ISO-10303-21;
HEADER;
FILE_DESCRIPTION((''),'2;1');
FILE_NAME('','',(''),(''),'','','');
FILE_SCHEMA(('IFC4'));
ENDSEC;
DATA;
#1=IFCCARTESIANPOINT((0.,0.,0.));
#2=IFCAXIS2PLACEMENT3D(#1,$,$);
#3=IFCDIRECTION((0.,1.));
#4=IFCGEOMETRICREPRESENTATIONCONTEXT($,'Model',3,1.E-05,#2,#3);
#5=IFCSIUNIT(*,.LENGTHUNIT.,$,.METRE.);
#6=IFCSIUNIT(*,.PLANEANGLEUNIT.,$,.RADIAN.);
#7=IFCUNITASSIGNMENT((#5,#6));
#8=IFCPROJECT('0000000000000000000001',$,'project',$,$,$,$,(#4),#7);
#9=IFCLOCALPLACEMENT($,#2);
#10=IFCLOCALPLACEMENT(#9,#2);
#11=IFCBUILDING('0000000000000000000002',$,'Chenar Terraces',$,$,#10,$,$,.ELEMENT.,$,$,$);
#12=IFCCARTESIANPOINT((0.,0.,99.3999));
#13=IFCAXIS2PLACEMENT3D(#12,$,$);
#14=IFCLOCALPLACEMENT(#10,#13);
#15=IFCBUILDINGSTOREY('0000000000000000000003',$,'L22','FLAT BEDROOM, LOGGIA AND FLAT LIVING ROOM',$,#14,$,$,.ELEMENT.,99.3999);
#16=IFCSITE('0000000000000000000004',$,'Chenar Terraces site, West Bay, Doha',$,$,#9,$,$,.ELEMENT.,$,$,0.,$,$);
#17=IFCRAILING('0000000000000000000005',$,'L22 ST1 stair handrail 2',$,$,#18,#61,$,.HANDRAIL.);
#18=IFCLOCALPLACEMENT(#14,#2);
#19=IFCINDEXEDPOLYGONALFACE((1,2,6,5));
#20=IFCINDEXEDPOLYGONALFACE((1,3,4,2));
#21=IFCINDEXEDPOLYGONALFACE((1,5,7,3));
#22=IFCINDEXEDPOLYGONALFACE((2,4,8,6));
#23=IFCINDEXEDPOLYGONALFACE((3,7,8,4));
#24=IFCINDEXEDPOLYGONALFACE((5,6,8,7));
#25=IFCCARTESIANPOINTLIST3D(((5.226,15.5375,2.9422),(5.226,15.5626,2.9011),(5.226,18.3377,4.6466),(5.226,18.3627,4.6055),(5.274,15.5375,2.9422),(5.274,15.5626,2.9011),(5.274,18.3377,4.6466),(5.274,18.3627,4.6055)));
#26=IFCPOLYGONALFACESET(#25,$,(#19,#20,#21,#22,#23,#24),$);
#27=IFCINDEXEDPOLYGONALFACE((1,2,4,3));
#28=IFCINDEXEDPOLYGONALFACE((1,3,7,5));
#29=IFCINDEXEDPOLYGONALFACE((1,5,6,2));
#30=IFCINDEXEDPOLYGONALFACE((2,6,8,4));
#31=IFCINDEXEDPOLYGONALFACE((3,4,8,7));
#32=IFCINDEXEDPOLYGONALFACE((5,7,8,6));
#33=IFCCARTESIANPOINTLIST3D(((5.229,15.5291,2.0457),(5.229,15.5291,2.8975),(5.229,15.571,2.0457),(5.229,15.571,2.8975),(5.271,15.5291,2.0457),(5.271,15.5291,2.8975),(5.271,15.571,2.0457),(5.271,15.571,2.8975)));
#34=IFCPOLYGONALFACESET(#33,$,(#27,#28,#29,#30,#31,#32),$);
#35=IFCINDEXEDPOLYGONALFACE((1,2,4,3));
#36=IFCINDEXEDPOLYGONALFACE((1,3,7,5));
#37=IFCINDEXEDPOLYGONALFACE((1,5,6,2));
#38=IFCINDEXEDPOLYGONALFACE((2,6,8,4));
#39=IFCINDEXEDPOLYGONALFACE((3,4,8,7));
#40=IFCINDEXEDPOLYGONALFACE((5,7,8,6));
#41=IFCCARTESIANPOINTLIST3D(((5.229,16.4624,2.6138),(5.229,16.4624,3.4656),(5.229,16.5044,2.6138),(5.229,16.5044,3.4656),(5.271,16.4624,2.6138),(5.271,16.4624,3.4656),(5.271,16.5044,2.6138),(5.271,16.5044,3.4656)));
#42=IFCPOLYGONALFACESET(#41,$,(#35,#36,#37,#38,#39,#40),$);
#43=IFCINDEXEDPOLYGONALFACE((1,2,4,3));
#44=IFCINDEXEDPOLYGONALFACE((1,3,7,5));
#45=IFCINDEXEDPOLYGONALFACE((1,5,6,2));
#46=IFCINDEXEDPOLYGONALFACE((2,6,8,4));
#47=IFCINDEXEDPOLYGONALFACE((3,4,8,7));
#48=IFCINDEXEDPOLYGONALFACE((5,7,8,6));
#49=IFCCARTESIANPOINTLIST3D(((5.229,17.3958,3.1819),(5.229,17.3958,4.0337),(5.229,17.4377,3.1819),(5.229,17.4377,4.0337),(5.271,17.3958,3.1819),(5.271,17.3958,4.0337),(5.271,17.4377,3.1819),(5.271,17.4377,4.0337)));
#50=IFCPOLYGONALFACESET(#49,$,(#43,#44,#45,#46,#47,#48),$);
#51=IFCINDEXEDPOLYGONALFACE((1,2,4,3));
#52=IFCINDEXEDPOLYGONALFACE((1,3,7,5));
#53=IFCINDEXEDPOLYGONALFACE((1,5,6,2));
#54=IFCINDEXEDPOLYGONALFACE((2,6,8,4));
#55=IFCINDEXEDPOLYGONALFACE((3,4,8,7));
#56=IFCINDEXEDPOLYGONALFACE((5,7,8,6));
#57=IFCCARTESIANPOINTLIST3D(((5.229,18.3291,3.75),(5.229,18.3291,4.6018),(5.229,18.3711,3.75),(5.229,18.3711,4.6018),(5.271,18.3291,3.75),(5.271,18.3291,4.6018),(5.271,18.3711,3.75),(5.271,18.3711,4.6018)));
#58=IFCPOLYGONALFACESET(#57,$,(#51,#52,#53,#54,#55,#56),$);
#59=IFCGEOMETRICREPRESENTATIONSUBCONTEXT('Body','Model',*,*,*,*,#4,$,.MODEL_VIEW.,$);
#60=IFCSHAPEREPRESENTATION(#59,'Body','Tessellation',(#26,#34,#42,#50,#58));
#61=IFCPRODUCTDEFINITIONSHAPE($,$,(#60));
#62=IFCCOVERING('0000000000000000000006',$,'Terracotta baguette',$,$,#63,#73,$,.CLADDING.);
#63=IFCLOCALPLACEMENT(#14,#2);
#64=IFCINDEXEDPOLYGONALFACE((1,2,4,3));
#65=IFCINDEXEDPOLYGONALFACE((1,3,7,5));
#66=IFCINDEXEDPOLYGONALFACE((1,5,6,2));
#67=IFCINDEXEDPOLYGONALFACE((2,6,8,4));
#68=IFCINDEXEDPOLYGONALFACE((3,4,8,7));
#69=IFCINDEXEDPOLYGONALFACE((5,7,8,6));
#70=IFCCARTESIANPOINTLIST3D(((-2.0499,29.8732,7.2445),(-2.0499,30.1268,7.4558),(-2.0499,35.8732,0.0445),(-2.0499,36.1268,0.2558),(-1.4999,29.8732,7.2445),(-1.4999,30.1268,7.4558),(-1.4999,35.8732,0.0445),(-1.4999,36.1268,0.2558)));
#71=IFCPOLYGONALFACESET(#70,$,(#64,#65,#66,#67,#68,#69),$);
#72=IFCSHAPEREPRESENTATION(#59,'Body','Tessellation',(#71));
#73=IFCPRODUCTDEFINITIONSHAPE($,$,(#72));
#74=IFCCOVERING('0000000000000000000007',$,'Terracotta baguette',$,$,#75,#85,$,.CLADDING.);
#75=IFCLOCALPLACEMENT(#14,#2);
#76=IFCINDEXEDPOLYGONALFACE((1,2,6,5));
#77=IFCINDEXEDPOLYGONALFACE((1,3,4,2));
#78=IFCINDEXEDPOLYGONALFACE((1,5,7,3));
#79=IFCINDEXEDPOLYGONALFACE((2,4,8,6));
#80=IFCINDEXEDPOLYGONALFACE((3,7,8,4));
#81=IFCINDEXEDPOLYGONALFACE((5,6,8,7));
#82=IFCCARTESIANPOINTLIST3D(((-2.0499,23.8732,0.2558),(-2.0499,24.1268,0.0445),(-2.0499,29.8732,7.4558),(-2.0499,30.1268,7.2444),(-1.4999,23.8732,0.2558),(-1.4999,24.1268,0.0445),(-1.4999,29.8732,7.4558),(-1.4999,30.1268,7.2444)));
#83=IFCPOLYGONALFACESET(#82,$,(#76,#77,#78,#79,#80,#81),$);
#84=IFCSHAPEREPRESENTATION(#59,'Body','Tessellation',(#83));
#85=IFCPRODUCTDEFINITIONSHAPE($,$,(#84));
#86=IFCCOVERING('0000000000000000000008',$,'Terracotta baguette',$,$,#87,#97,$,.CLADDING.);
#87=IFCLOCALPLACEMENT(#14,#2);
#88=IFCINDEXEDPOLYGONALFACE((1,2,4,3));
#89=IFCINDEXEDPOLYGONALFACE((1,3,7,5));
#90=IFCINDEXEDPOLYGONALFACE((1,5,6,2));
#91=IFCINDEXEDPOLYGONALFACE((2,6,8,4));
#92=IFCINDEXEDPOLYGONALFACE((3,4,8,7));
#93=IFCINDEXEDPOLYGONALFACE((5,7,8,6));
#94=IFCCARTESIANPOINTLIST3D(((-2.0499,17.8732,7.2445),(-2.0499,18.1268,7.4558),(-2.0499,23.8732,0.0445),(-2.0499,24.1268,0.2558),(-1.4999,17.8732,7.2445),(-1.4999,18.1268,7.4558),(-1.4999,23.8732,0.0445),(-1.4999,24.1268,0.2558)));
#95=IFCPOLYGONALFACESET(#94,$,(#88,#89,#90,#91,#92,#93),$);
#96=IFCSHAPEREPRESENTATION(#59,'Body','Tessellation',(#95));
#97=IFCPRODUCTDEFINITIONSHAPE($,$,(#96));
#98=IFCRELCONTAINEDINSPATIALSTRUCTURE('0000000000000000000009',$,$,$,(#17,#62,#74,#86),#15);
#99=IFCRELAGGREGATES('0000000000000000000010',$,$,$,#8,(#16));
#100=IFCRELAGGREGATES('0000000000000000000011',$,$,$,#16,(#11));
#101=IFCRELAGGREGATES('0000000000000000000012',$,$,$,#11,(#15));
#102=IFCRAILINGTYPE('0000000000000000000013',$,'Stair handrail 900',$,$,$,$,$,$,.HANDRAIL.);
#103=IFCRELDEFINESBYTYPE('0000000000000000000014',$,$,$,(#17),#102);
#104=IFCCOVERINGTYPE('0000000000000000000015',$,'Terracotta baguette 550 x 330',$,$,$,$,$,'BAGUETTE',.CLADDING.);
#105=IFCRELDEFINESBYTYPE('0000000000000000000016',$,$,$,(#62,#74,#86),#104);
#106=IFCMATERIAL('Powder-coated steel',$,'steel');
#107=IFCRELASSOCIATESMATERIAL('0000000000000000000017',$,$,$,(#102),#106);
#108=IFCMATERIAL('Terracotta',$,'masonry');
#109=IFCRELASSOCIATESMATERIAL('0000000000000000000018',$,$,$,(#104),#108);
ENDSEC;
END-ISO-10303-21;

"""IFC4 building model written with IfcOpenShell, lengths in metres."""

from ifc_helpers import new_model, si_unit, direction, frame, origin, origin_2d, place, context, subcontext, project, spatial, rectangle, extrude, material, material_profile, profile_set, type_object, element, save


model = new_model("IFC4")

# Units and contexts
model_context = context("Model", 3, precision=1e-05, world=origin(), true_north=direction((0.0, 1.0)))
body_context = subcontext(model_context, "Body", "Model", "MODEL_VIEW")
ifc_project = project(units=[si_unit("LENGTHUNIT", "METRE"), si_unit("PLANEANGLEUNIT", "RADIAN")], contexts=[model_context])

# Site, building, storey
site_placement = place(None, origin())
site = spatial("IfcSite", under=ifc_project, at=site_placement, Name="Chenar Terraces site, West Bay, Doha", CompositionType="ELEMENT", RefElevation=0.0)
building_placement = place(site_placement, origin())
building = spatial("IfcBuilding", under=site, at=building_placement, Name="Chenar Terraces", CompositionType="ELEMENT")
storey_placement = place(building_placement, frame((0.0, 0.0, 99.3999)))
storey = spatial("IfcBuildingStorey", under=building, at=storey_placement, Name="L22", Description="FLAT BEDROOM, LOGGIA AND FLAT LIVING ROOM", CompositionType="ELEMENT", Elevation=99.3999)

# Railing
ifc_material_1 = material(Name="Powder-coated steel", Category="steel")
railing_type_1 = type_object("IfcRailingType", Name="Stair handrail 900", PredefinedType="HANDRAIL", material=ifc_material_1)
railing_1_placement = place(storey_placement, frame((5.25, 15.55, 2.0457)))
element("IfcRailing", 1, at=railing_1_placement, inside=storey, type_object=railing_type_1, Name="L22 ST1 stair handrail 2", PredefinedType="HANDRAIL", context=body_context, shape_type="SweptSolid", body=[
    extrude(rectangle(XDim=0.0481, YDim=0.0481, at=origin_2d()), frame((0.0, 0.0, 0.876), z_axis=(0.0, 0.854203, 0.51994), x_axis=(-1.0, 0.0, 0.0)), (0.0, 0.0, 1.0), 3.2781),
    extrude(rectangle(XDim=0.042, YDim=0.042, at=origin_2d()), origin(), (0.0, 0.0, 1.0), 0.8518),
    extrude(rectangle(XDim=0.042, YDim=0.042, at=origin_2d()), frame((0.0, 0.9333, 0.5681)), (0.0, 0.0, 1.0), 0.8518),
    extrude(rectangle(XDim=0.042, YDim=0.042, at=origin_2d()), frame((0.0, 1.8667, 1.1362)), (0.0, 0.0, 1.0), 0.8518),
    extrude(rectangle(XDim=0.042, YDim=0.042, at=origin_2d()), frame((0.0, 2.8, 1.7043)), (0.0, 0.0, 1.0), 0.8518),
])

# Coverings
ifc_material_2 = material(Name="Terracotta", Category="masonry")
ifc_material_profile_1 = material_profile(ifc_material_2, rectangle(XDim=0.55, YDim=0.3301, at=origin_2d()), Name="Terracotta baguette 550 x 330")
ifc_profile_set_1 = profile_set([ifc_material_profile_1], Name="Terracotta")
covering_type = type_object("IfcCoveringType", Name="Terracotta baguette 550 x 330", ElementType="BAGUETTE", PredefinedType="CLADDING", material=ifc_profile_set_1)
for number, where, z_axis, x_axis, name in (
    (2, (-1.7749, 36.0, 0.1501), (0.0, -0.640187, 0.768219), (1.0, 0.0, 0.0), "Terracotta baguette"),
    (3, (-1.7749, 30.0, 7.3501), (0.0, -0.640187, -0.768219), (1.0, 0.0, 0.0), "Terracotta baguette"),
    (4, (-1.7749, 24.0, 0.1501), (0.0, -0.640187, 0.768219), (1.0, 0.0, 0.0), "Terracotta baguette"),
):
    element("IfcCovering", number, at=place(storey_placement, frame(where, z_axis=z_axis, x_axis=x_axis)), inside=storey, type_object=covering_type, Name=name, PredefinedType="CLADDING", context=body_context, shape_type="SweptSolid", body=[
        extrude(rectangle(XDim=0.55, YDim=0.3301, at=origin_2d()), origin(), (0.0, 0.0, 1.0), 9.3723),
    ])

save(model, "model.ifc")
